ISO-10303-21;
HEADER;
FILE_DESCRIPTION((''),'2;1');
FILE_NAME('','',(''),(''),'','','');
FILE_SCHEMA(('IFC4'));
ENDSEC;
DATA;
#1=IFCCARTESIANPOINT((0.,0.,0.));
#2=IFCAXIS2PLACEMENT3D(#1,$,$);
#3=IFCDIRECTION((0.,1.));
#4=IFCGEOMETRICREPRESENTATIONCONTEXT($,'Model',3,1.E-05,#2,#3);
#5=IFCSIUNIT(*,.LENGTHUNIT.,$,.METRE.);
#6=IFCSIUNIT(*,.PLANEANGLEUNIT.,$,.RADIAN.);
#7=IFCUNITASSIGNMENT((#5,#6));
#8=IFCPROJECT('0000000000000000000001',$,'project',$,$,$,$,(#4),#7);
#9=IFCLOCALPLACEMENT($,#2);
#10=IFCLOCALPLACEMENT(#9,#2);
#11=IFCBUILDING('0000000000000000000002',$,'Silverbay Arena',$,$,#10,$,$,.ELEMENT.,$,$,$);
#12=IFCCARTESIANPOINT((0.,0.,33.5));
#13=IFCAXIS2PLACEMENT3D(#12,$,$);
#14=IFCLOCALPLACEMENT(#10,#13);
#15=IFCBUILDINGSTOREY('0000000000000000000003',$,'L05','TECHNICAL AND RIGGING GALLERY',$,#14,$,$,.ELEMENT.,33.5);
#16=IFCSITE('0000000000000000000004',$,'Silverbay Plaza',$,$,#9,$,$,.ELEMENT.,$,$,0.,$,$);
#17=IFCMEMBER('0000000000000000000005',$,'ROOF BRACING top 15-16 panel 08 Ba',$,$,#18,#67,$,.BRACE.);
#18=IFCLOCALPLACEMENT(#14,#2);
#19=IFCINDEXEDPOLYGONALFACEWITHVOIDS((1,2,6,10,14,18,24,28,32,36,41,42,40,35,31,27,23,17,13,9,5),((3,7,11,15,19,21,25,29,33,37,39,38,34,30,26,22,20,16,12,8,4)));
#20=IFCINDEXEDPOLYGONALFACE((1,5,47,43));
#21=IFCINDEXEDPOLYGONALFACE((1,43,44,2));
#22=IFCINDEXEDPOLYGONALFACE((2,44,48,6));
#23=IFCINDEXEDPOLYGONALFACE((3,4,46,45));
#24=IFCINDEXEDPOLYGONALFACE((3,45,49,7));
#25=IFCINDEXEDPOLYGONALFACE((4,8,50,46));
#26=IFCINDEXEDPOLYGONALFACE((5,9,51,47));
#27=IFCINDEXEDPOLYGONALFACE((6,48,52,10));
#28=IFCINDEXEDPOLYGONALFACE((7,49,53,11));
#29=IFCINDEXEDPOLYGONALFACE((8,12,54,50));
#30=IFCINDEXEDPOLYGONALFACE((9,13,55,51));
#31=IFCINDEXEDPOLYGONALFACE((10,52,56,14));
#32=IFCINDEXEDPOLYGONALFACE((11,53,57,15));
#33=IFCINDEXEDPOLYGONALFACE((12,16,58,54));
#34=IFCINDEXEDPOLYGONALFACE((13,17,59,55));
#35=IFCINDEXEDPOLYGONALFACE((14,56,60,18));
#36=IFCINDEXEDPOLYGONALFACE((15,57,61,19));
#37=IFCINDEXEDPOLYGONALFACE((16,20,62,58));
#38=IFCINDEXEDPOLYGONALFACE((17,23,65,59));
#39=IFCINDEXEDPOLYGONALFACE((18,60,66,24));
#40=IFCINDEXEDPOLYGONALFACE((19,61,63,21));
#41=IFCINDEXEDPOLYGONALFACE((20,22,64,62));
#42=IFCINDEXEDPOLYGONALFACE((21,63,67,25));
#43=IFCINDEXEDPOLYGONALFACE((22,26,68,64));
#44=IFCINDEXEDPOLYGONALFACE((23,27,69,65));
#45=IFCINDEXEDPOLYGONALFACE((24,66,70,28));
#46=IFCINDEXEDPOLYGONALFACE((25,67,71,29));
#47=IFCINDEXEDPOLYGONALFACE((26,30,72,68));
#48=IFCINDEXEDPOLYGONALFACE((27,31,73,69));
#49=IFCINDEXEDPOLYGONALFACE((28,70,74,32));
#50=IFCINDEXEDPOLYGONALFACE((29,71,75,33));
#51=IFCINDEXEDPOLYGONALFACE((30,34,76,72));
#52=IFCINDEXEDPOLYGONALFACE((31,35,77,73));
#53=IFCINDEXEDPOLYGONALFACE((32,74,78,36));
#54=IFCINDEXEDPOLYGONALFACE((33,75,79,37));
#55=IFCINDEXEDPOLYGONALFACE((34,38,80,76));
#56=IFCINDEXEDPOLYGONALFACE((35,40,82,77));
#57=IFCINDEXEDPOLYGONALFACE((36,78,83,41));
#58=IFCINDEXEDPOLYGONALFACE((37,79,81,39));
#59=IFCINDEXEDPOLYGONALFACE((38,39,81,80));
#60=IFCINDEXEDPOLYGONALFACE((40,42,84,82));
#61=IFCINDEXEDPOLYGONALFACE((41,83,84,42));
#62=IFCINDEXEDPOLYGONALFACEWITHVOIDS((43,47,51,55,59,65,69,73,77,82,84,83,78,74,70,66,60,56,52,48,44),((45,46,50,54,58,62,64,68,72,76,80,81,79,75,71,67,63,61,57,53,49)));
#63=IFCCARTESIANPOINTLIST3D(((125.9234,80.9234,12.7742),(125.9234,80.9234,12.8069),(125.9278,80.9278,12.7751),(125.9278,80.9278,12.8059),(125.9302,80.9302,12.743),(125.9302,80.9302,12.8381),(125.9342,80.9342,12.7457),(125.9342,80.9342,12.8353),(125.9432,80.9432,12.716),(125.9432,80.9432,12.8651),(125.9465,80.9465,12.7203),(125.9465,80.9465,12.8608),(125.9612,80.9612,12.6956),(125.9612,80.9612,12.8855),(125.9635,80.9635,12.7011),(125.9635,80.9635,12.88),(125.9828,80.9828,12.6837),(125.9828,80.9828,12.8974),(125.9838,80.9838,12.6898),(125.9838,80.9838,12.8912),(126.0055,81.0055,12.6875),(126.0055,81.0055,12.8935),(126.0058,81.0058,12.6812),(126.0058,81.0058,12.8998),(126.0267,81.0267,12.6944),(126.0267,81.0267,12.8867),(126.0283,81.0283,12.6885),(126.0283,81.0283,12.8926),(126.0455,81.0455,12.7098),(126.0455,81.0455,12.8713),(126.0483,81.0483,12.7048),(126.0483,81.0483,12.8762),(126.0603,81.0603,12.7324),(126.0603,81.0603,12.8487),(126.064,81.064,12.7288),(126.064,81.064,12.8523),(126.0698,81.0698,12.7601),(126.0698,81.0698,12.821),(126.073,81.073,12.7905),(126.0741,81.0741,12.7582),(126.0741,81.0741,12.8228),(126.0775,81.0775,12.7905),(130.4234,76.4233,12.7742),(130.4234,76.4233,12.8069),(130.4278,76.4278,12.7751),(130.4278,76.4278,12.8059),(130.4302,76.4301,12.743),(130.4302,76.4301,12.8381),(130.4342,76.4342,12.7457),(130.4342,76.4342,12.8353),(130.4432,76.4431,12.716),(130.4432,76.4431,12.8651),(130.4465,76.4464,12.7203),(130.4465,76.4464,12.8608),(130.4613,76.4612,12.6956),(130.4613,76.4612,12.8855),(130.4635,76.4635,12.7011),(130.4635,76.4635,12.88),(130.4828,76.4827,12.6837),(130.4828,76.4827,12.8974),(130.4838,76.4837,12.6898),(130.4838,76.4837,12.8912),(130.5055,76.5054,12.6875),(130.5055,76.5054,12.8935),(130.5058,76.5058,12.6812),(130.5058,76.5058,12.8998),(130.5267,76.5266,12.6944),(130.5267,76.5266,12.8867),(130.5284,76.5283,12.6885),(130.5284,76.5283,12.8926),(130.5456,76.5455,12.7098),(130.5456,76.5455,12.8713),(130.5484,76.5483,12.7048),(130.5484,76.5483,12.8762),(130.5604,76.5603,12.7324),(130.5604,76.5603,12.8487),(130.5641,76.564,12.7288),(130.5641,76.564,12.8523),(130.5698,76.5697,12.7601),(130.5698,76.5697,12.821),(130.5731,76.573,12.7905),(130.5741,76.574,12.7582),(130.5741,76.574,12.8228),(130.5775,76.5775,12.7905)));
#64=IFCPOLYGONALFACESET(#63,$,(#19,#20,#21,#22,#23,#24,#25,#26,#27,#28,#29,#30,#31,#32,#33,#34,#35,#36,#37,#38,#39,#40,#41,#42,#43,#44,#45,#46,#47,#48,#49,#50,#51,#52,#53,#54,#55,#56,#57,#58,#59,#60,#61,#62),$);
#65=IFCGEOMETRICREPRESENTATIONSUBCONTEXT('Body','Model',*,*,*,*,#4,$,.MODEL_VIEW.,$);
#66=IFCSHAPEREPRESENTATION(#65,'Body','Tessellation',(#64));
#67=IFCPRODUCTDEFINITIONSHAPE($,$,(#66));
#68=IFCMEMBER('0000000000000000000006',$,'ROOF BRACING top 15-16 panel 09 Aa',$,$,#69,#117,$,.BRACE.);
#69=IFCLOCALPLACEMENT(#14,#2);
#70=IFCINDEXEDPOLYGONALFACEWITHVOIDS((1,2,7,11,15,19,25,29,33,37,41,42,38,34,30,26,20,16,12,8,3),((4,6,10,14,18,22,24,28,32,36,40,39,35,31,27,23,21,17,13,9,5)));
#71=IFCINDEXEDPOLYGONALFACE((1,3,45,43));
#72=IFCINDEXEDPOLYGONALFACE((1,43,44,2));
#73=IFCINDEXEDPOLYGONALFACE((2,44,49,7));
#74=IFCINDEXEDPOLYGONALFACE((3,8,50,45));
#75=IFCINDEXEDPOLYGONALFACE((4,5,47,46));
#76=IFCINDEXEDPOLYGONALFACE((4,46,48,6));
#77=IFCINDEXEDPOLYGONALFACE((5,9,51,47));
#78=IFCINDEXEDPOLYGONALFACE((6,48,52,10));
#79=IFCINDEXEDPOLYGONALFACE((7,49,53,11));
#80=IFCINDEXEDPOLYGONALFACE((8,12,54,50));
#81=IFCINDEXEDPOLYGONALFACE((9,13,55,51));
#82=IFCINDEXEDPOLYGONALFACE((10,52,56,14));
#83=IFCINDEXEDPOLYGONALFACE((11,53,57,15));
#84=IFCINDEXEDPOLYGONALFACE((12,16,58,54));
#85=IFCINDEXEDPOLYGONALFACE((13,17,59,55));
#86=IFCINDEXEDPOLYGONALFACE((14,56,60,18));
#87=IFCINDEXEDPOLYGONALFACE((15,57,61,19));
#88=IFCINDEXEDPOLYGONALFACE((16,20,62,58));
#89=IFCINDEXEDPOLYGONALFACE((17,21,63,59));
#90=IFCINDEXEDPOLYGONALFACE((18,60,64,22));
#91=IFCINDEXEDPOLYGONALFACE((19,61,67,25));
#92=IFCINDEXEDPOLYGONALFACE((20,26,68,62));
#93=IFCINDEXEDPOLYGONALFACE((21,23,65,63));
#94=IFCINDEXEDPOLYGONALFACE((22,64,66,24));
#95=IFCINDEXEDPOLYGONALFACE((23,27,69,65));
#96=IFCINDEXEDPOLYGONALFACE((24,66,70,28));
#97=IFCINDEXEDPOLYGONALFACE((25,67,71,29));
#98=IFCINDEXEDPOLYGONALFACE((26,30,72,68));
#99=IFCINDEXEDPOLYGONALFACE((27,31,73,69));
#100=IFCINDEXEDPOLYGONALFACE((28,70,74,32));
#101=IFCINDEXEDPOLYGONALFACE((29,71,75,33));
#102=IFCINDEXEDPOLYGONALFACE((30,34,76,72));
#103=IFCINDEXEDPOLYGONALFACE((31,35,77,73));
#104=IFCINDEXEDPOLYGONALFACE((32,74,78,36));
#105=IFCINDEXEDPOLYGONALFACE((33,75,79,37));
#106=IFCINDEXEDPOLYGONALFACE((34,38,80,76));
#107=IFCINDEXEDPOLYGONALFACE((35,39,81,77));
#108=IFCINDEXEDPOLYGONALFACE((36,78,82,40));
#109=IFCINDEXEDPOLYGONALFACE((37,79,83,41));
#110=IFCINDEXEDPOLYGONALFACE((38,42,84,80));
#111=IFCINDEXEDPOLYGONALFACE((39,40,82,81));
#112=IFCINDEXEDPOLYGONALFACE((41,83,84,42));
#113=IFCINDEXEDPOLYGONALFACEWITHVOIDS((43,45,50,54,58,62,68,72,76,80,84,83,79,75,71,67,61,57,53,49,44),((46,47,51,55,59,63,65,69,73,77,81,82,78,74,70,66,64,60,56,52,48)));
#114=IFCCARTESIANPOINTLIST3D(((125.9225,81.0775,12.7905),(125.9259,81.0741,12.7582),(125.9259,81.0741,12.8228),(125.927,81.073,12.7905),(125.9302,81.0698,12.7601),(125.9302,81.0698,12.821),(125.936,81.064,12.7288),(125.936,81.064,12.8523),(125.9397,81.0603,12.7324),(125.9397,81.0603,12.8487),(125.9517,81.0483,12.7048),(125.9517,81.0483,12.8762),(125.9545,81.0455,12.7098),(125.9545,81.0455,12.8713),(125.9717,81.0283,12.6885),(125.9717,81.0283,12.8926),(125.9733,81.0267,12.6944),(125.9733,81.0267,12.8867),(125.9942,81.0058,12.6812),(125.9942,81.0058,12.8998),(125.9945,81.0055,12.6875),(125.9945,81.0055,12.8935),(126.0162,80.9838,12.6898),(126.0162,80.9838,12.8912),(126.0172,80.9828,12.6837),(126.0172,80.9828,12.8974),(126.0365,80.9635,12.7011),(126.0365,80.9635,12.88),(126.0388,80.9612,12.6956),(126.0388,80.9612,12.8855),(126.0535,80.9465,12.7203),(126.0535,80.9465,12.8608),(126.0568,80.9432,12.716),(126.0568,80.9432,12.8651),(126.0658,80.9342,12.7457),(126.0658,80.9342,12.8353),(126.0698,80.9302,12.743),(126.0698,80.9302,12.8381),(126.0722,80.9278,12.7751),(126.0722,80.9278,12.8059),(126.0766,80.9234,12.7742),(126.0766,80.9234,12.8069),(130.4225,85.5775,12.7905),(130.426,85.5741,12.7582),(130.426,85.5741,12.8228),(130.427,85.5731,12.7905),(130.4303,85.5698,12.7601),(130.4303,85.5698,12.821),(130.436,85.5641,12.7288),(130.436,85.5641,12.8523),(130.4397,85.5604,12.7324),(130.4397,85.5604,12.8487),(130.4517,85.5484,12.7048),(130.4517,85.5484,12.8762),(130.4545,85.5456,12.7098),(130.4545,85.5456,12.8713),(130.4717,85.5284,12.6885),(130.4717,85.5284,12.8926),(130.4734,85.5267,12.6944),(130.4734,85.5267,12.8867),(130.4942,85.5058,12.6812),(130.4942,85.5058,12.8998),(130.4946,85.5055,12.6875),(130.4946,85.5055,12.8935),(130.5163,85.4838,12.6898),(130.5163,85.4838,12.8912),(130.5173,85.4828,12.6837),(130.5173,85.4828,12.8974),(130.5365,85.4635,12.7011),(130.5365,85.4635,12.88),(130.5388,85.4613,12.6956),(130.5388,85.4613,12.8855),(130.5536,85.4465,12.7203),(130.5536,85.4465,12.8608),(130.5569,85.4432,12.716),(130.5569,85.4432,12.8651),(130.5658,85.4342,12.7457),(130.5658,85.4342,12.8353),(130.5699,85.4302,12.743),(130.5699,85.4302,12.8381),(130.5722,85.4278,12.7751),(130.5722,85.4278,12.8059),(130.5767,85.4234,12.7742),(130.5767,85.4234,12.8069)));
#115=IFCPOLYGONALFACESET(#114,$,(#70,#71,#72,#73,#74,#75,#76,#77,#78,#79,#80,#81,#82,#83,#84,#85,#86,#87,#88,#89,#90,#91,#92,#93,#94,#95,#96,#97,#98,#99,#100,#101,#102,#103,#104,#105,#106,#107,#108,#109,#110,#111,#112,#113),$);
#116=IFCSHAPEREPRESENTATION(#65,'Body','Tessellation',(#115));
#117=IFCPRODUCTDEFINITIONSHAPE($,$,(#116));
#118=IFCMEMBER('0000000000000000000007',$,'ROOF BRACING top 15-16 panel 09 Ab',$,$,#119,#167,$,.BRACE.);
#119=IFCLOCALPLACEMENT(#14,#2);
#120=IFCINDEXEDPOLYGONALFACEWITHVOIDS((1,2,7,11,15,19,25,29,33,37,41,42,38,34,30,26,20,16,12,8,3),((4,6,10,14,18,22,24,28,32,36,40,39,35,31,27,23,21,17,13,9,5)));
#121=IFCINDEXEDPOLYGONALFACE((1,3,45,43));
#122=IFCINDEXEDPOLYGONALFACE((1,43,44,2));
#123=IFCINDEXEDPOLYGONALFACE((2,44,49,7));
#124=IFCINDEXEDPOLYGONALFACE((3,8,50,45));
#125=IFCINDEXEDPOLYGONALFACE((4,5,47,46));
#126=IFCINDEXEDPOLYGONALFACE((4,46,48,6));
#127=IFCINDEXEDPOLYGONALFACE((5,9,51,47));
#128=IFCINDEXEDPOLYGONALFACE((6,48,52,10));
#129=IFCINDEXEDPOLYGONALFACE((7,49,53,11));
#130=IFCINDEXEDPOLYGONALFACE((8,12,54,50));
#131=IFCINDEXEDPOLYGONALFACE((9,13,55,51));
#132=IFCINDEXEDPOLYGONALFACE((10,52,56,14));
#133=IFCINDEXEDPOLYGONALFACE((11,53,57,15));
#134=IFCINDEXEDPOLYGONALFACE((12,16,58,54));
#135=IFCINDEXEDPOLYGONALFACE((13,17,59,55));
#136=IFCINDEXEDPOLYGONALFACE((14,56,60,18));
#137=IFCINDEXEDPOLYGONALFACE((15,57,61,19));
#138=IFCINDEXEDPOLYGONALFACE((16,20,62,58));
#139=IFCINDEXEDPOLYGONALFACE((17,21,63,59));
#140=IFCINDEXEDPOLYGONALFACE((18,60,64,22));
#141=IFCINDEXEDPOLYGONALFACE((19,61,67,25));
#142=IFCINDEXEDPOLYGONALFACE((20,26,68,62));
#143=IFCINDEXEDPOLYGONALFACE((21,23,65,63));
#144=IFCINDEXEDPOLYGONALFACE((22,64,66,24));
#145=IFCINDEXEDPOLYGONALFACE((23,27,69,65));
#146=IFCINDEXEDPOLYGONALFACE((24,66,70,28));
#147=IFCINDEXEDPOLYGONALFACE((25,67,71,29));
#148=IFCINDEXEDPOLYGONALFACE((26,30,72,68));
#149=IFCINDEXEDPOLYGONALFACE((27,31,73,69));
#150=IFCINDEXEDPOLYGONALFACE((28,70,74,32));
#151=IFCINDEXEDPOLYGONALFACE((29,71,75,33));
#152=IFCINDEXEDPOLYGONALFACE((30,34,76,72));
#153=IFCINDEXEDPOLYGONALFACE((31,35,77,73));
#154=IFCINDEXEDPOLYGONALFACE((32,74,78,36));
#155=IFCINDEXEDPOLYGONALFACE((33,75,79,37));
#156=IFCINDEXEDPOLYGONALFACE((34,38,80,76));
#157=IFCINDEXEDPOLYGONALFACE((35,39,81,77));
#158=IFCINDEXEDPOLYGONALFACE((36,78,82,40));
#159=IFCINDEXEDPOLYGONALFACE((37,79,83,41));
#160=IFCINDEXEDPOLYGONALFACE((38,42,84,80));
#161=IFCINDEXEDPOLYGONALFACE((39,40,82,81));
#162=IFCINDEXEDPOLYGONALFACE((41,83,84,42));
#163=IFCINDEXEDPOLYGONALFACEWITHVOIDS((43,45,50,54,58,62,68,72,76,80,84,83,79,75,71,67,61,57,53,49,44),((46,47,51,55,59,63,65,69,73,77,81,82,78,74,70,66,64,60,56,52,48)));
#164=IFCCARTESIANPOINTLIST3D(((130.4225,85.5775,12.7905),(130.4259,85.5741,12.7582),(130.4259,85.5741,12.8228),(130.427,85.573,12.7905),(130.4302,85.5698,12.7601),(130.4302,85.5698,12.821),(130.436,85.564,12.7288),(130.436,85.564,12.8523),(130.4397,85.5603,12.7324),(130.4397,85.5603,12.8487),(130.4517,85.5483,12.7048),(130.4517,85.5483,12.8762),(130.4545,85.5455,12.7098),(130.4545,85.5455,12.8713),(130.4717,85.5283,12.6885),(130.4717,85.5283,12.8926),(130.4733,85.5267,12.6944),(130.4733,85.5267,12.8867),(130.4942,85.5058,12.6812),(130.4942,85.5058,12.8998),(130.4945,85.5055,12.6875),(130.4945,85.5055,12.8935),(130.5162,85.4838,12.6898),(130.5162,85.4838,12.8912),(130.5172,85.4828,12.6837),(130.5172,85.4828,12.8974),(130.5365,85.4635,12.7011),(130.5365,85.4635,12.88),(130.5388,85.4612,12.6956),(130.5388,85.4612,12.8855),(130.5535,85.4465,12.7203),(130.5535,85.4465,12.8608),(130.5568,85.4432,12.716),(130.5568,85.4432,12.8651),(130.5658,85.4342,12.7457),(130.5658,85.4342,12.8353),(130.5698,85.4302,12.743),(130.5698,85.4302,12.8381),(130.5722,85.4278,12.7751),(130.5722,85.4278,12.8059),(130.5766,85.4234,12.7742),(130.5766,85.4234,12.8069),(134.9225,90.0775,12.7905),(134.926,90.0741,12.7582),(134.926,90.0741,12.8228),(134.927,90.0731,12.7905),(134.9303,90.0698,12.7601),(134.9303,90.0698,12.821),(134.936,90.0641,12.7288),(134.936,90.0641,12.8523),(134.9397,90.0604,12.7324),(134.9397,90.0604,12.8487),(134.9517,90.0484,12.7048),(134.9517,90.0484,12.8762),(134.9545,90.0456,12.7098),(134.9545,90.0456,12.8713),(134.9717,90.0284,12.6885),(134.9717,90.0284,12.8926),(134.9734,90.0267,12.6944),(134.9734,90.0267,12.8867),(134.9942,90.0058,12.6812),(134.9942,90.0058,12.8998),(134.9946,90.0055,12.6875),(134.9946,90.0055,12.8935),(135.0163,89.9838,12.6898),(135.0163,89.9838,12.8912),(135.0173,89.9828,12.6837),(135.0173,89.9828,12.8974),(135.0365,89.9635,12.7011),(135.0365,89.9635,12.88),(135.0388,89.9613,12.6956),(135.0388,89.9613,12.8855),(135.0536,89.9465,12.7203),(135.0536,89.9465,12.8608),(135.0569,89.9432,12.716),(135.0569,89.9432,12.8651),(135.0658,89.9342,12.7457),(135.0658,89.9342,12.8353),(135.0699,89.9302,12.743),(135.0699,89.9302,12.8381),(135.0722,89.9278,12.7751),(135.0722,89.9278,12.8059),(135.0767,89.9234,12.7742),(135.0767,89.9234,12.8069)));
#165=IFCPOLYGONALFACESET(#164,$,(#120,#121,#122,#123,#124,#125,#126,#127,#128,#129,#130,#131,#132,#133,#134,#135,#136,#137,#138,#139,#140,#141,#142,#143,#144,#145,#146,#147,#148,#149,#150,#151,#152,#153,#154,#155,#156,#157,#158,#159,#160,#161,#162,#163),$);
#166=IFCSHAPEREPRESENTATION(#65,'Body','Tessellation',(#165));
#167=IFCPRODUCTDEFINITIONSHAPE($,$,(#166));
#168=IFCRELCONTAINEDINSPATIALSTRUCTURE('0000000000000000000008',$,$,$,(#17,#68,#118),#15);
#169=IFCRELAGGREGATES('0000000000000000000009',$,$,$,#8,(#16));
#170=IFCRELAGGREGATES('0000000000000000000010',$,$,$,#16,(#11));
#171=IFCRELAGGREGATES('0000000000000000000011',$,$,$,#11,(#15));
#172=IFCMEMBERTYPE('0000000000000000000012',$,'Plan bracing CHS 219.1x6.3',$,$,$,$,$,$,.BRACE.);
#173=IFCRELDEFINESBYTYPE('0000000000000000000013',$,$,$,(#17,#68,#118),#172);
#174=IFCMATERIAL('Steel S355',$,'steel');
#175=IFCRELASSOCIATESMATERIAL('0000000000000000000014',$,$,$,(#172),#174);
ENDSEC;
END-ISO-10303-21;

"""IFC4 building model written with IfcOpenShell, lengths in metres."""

from ifc_helpers import new_model, si_unit, direction, frame, origin, origin_2d, place, context, subcontext, project, spatial, hollow_circle, extrude, material, material_profile, profile_set, type_object, element, save


model = new_model("IFC4")

# Units and contexts
model_context = context("Model", 3, precision=1e-05, world=origin(), true_north=direction((0.0, 1.0)))
body_context = subcontext(model_context, "Body", "Model", "MODEL_VIEW")
ifc_project = project(units=[si_unit("LENGTHUNIT", "METRE"), si_unit("PLANEANGLEUNIT", "RADIAN")], contexts=[model_context])

# Site, building, storey
site_placement = place(None, origin())
site = spatial("IfcSite", under=ifc_project, at=site_placement, Name="Silverbay Plaza", CompositionType="ELEMENT", RefElevation=0.0)
building_placement = place(site_placement, origin())
building = spatial("IfcBuilding", under=site, at=building_placement, Name="Silverbay Arena", CompositionType="ELEMENT")
storey_placement = place(building_placement, frame((0.0, 0.0, 33.5)))
storey = spatial("IfcBuildingStorey", under=building, at=storey_placement, Name="L05", Description="TECHNICAL AND RIGGING GALLERY", CompositionType="ELEMENT", Elevation=33.5)

# Members
ifc_material_1 = material(Name="Steel S355", Category="steel")
ifc_material_profile_1 = material_profile(ifc_material_1, hollow_circle(Radius=0.1096, WallThickness=0.0063, at=origin_2d()), Name="CHS 219.1x6.3")
ifc_profile_set_1 = profile_set([ifc_material_profile_1], Name="Steel S355")
member_type_1 = type_object("IfcMemberType", Name="Plan bracing CHS 219.1x6.3", PredefinedType="BRACE", material=ifc_profile_set_1)
for number, where, z_axis, x_axis, name in (
    (1, (126.0, 81.0, 12.7905), (0.707107, -0.707107, 0.0), (0.707107, 0.707107, 0.0), "ROOF BRACING top 15-16 panel 08 Ba"),
    (2, (126.0, 81.0, 12.7905), (0.707107, 0.707107, 0.0), (-0.707107, 0.707107, 0.0), "ROOF BRACING top 15-16 panel 09 Aa"),
    (3, (130.5, 85.5, 12.7905), (0.707107, 0.707107, 0.0), (-0.707107, 0.707107, 0.0), "ROOF BRACING top 15-16 panel 09 Ab"),
):
    element("IfcMember", number, at=place(storey_placement, frame(where, z_axis=z_axis, x_axis=x_axis)), inside=storey, type_object=member_type_1, Name=name, PredefinedType="BRACE", context=body_context, shape_type="SweptSolid", body=[
        extrude(hollow_circle(Radius=0.1096, WallThickness=0.0063, at=origin_2d()), origin(), (0.0, 0.0, 1.0), 6.364),
    ])

save(model, "model.ifc")
